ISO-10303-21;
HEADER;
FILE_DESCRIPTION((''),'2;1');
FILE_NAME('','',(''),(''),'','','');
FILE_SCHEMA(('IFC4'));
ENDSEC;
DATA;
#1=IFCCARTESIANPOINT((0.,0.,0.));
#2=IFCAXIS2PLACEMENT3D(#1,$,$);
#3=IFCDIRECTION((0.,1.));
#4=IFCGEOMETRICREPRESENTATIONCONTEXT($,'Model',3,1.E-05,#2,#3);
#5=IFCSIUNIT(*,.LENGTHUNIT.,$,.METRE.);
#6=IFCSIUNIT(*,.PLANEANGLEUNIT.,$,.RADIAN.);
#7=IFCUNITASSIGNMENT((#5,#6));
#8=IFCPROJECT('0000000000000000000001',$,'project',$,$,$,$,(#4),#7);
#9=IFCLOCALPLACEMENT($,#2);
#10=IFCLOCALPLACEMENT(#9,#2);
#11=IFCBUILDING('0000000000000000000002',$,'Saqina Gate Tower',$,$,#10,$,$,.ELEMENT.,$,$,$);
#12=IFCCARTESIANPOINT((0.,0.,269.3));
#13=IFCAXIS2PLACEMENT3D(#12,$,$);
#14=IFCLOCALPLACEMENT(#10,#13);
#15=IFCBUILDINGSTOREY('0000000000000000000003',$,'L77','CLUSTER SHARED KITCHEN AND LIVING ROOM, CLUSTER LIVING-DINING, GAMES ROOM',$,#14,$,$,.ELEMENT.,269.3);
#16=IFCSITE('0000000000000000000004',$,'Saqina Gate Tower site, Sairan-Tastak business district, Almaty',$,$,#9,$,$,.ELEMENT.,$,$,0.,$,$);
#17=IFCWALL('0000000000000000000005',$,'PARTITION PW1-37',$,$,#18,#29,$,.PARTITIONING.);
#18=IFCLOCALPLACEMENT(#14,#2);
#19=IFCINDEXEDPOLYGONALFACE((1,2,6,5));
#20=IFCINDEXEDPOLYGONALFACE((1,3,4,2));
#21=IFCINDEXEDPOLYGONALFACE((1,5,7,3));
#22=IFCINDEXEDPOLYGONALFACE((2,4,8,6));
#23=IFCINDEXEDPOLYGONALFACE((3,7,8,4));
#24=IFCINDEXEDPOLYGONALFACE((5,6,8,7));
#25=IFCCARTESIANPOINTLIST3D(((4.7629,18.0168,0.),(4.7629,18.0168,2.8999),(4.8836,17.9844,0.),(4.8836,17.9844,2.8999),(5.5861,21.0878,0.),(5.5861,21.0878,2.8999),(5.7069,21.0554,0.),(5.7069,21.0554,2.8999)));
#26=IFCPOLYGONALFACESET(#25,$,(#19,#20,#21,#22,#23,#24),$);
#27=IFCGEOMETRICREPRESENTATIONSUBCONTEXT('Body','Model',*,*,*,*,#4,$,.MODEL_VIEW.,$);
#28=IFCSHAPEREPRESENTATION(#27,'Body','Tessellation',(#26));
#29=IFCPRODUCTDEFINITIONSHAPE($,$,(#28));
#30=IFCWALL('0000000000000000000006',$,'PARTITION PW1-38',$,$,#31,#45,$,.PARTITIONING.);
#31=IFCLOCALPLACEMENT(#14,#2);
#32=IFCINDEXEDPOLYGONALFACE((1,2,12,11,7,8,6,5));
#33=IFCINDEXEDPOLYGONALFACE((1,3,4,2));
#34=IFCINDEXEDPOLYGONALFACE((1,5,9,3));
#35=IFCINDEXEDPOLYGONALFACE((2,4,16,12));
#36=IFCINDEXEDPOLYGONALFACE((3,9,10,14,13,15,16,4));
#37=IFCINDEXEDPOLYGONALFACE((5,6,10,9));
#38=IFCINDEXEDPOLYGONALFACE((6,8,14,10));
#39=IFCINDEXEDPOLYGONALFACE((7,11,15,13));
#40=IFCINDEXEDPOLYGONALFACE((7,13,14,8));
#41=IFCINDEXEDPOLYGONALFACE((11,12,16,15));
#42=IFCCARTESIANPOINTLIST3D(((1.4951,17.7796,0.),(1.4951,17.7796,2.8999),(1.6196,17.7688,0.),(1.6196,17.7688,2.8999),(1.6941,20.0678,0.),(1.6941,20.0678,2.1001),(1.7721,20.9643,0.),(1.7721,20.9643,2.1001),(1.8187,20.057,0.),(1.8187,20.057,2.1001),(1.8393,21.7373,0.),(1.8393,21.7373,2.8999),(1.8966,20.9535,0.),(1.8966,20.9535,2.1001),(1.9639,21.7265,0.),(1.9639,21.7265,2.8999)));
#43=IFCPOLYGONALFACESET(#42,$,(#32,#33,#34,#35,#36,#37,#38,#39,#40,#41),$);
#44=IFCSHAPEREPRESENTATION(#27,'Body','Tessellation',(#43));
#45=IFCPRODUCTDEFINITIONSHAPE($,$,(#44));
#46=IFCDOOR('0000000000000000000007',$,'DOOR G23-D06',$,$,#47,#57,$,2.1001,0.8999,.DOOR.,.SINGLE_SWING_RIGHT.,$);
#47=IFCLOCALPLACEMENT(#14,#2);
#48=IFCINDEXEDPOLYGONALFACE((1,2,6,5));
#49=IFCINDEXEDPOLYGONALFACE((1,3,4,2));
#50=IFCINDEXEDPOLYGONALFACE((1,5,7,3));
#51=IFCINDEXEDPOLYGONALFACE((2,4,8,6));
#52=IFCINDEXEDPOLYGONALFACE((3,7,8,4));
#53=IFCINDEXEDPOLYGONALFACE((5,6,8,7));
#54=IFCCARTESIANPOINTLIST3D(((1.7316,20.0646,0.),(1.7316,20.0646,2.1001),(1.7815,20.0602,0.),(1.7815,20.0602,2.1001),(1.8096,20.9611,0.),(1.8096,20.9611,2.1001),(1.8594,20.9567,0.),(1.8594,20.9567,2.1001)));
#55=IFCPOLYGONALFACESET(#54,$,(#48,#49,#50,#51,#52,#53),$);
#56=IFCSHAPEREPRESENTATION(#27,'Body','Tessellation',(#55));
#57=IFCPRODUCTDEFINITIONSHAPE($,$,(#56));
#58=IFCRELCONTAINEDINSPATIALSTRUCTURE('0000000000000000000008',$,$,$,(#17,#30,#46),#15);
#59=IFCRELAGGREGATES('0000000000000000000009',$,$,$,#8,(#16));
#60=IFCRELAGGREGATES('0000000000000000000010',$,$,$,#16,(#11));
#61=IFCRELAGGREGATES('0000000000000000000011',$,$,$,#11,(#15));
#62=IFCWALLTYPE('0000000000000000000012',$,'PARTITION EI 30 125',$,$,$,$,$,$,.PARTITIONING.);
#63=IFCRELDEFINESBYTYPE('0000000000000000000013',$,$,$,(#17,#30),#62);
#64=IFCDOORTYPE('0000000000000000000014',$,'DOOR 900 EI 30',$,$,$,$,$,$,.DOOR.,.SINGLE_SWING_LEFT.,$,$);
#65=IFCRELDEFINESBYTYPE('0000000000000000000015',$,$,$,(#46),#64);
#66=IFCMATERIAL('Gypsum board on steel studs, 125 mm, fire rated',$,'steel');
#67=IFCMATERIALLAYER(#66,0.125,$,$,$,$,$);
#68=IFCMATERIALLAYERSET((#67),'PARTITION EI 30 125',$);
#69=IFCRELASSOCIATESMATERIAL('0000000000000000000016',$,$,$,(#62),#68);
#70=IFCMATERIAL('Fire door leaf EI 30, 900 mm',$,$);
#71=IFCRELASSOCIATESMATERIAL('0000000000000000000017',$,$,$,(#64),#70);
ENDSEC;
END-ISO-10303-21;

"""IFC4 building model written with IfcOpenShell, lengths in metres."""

from ifc_helpers import new_model, si_unit, direction, frame, frame_2d, origin, place, context, subcontext, project, spatial, rectangle, extrude, material, layer, layer_set, type_object, element, fill, save


model = new_model("IFC4")

# Units and contexts
model_context = context("Model", 3, precision=1e-05, world=origin(), true_north=direction((0.0, 1.0)))
body_context = subcontext(model_context, "Body", "Model", "MODEL_VIEW")
ifc_project = project(units=[si_unit("LENGTHUNIT", "METRE"), si_unit("PLANEANGLEUNIT", "RADIAN")], contexts=[model_context])

# Site, building, storey
site_placement = place(None, origin())
site = spatial("IfcSite", under=ifc_project, at=site_placement, Name="Saqina Gate Tower site, Sairan-Tastak business district, Almaty", CompositionType="ELEMENT", RefElevation=0.0)
building_placement = place(site_placement, origin())
building = spatial("IfcBuilding", under=site, at=building_placement, Name="Saqina Gate Tower", CompositionType="ELEMENT")
storey_placement = place(building_placement, frame((0.0, 0.0, 269.3)))
storey = spatial("IfcBuildingStorey", under=building, at=storey_placement, Name="L77", Description="CLUSTER SHARED KITCHEN AND LIVING ROOM, CLUSTER LIVING-DINING, GAMES ROOM", CompositionType="ELEMENT", Elevation=269.3)

# Wall
ifc_material_1 = material(Name="Gypsum board on steel studs, 125 mm, fire rated", Category="steel")
ifc_layer_1 = layer(ifc_material_1, 0.125)
ifc_layer_set_1 = layer_set([ifc_layer_1], Name="PARTITION EI 30 125")
wall_type_1 = type_object("IfcWallType", Name="PARTITION EI 30 125", PredefinedType="PARTITIONING", material=ifc_layer_set_1)
wall_1_placement = place(storey_placement, frame((4.8232, 18.0005, 0.0), z_axis=(0.0, 0.0, 1.0), x_axis=(0.258924, 0.965898, 0.0)))
element("IfcWall", 1, at=wall_1_placement, inside=storey, type_object=wall_type_1, Name="PARTITION PW1-37", PredefinedType="PARTITIONING", context=body_context, shape_type="SweptSolid", body=[
    extrude(rectangle(XDim=3.1794, YDim=0.125, at=frame_2d((1.5898, 0.0))), origin(), (0.0, 0.0, 1.0), 2.8999),
])

# Wall, opening, door
wall_2_placement = place(storey_placement, frame((1.5574, 17.7742, 0.0), z_axis=(0.0, 0.0, 1.0), x_axis=(0.086651, 0.996239, 0.0)))
wall_2 = element("IfcWall", 2, at=wall_2_placement, inside=storey, type_object=wall_type_1, Name="PARTITION PW1-38", PredefinedType="PARTITIONING", context=body_context, shape_type="SweptSolid", body=[
    extrude(rectangle(XDim=3.9727, YDim=0.125, at=frame_2d((1.9863, 0.0))), origin(), (0.0, 0.0, 1.0), 2.8999),
])
opening_1_placement = place(wall_2_placement, frame((2.2969, 0.0, 0.0)))
opening_1 = element("IfcOpeningElement", 3, at=opening_1_placement, cuts=wall_2, PredefinedType="OPENING", context=body_context, shape_type="SweptSolid", body=[
    extrude(rectangle(XDim=0.8999, YDim=2.1001, at=frame_2d((0.45, 1.05))), frame((0.0, 0.0745, 0.0), z_axis=(0.0, -1.0, 0.0), x_axis=(1.0, 0.0, 0.0)), (0.0, 0.0, 1.0), 0.1489),
])
ifc_material_2 = material(Name="Fire door leaf EI 30, 900 mm")
door_type_1 = type_object("IfcDoorType", Name="DOOR 900 EI 30", OperationType="SINGLE_SWING_LEFT", PredefinedType="DOOR", material=ifc_material_2)
door_1_placement = place(opening_1_placement, origin())
door_1 = element("IfcDoor", 4, at=door_1_placement, inside=storey, type_object=door_type_1, Name="DOOR G23-D06", OperationType="SINGLE_SWING_RIGHT", OverallHeight=2.1001, OverallWidth=0.8999, PredefinedType="DOOR", context=body_context, shape_type="SweptSolid", body=[
    extrude(rectangle(XDim=0.8999, YDim=2.1001, at=frame_2d((0.45, 1.05))), frame((0.0, 0.0249, 0.0), z_axis=(0.0, -1.0, 0.0), x_axis=(1.0, 0.0, 0.0)), (0.0, 0.0, 1.0), 0.05),
])
fill(opening_1, door_1)

save(model, "model.ifc")
